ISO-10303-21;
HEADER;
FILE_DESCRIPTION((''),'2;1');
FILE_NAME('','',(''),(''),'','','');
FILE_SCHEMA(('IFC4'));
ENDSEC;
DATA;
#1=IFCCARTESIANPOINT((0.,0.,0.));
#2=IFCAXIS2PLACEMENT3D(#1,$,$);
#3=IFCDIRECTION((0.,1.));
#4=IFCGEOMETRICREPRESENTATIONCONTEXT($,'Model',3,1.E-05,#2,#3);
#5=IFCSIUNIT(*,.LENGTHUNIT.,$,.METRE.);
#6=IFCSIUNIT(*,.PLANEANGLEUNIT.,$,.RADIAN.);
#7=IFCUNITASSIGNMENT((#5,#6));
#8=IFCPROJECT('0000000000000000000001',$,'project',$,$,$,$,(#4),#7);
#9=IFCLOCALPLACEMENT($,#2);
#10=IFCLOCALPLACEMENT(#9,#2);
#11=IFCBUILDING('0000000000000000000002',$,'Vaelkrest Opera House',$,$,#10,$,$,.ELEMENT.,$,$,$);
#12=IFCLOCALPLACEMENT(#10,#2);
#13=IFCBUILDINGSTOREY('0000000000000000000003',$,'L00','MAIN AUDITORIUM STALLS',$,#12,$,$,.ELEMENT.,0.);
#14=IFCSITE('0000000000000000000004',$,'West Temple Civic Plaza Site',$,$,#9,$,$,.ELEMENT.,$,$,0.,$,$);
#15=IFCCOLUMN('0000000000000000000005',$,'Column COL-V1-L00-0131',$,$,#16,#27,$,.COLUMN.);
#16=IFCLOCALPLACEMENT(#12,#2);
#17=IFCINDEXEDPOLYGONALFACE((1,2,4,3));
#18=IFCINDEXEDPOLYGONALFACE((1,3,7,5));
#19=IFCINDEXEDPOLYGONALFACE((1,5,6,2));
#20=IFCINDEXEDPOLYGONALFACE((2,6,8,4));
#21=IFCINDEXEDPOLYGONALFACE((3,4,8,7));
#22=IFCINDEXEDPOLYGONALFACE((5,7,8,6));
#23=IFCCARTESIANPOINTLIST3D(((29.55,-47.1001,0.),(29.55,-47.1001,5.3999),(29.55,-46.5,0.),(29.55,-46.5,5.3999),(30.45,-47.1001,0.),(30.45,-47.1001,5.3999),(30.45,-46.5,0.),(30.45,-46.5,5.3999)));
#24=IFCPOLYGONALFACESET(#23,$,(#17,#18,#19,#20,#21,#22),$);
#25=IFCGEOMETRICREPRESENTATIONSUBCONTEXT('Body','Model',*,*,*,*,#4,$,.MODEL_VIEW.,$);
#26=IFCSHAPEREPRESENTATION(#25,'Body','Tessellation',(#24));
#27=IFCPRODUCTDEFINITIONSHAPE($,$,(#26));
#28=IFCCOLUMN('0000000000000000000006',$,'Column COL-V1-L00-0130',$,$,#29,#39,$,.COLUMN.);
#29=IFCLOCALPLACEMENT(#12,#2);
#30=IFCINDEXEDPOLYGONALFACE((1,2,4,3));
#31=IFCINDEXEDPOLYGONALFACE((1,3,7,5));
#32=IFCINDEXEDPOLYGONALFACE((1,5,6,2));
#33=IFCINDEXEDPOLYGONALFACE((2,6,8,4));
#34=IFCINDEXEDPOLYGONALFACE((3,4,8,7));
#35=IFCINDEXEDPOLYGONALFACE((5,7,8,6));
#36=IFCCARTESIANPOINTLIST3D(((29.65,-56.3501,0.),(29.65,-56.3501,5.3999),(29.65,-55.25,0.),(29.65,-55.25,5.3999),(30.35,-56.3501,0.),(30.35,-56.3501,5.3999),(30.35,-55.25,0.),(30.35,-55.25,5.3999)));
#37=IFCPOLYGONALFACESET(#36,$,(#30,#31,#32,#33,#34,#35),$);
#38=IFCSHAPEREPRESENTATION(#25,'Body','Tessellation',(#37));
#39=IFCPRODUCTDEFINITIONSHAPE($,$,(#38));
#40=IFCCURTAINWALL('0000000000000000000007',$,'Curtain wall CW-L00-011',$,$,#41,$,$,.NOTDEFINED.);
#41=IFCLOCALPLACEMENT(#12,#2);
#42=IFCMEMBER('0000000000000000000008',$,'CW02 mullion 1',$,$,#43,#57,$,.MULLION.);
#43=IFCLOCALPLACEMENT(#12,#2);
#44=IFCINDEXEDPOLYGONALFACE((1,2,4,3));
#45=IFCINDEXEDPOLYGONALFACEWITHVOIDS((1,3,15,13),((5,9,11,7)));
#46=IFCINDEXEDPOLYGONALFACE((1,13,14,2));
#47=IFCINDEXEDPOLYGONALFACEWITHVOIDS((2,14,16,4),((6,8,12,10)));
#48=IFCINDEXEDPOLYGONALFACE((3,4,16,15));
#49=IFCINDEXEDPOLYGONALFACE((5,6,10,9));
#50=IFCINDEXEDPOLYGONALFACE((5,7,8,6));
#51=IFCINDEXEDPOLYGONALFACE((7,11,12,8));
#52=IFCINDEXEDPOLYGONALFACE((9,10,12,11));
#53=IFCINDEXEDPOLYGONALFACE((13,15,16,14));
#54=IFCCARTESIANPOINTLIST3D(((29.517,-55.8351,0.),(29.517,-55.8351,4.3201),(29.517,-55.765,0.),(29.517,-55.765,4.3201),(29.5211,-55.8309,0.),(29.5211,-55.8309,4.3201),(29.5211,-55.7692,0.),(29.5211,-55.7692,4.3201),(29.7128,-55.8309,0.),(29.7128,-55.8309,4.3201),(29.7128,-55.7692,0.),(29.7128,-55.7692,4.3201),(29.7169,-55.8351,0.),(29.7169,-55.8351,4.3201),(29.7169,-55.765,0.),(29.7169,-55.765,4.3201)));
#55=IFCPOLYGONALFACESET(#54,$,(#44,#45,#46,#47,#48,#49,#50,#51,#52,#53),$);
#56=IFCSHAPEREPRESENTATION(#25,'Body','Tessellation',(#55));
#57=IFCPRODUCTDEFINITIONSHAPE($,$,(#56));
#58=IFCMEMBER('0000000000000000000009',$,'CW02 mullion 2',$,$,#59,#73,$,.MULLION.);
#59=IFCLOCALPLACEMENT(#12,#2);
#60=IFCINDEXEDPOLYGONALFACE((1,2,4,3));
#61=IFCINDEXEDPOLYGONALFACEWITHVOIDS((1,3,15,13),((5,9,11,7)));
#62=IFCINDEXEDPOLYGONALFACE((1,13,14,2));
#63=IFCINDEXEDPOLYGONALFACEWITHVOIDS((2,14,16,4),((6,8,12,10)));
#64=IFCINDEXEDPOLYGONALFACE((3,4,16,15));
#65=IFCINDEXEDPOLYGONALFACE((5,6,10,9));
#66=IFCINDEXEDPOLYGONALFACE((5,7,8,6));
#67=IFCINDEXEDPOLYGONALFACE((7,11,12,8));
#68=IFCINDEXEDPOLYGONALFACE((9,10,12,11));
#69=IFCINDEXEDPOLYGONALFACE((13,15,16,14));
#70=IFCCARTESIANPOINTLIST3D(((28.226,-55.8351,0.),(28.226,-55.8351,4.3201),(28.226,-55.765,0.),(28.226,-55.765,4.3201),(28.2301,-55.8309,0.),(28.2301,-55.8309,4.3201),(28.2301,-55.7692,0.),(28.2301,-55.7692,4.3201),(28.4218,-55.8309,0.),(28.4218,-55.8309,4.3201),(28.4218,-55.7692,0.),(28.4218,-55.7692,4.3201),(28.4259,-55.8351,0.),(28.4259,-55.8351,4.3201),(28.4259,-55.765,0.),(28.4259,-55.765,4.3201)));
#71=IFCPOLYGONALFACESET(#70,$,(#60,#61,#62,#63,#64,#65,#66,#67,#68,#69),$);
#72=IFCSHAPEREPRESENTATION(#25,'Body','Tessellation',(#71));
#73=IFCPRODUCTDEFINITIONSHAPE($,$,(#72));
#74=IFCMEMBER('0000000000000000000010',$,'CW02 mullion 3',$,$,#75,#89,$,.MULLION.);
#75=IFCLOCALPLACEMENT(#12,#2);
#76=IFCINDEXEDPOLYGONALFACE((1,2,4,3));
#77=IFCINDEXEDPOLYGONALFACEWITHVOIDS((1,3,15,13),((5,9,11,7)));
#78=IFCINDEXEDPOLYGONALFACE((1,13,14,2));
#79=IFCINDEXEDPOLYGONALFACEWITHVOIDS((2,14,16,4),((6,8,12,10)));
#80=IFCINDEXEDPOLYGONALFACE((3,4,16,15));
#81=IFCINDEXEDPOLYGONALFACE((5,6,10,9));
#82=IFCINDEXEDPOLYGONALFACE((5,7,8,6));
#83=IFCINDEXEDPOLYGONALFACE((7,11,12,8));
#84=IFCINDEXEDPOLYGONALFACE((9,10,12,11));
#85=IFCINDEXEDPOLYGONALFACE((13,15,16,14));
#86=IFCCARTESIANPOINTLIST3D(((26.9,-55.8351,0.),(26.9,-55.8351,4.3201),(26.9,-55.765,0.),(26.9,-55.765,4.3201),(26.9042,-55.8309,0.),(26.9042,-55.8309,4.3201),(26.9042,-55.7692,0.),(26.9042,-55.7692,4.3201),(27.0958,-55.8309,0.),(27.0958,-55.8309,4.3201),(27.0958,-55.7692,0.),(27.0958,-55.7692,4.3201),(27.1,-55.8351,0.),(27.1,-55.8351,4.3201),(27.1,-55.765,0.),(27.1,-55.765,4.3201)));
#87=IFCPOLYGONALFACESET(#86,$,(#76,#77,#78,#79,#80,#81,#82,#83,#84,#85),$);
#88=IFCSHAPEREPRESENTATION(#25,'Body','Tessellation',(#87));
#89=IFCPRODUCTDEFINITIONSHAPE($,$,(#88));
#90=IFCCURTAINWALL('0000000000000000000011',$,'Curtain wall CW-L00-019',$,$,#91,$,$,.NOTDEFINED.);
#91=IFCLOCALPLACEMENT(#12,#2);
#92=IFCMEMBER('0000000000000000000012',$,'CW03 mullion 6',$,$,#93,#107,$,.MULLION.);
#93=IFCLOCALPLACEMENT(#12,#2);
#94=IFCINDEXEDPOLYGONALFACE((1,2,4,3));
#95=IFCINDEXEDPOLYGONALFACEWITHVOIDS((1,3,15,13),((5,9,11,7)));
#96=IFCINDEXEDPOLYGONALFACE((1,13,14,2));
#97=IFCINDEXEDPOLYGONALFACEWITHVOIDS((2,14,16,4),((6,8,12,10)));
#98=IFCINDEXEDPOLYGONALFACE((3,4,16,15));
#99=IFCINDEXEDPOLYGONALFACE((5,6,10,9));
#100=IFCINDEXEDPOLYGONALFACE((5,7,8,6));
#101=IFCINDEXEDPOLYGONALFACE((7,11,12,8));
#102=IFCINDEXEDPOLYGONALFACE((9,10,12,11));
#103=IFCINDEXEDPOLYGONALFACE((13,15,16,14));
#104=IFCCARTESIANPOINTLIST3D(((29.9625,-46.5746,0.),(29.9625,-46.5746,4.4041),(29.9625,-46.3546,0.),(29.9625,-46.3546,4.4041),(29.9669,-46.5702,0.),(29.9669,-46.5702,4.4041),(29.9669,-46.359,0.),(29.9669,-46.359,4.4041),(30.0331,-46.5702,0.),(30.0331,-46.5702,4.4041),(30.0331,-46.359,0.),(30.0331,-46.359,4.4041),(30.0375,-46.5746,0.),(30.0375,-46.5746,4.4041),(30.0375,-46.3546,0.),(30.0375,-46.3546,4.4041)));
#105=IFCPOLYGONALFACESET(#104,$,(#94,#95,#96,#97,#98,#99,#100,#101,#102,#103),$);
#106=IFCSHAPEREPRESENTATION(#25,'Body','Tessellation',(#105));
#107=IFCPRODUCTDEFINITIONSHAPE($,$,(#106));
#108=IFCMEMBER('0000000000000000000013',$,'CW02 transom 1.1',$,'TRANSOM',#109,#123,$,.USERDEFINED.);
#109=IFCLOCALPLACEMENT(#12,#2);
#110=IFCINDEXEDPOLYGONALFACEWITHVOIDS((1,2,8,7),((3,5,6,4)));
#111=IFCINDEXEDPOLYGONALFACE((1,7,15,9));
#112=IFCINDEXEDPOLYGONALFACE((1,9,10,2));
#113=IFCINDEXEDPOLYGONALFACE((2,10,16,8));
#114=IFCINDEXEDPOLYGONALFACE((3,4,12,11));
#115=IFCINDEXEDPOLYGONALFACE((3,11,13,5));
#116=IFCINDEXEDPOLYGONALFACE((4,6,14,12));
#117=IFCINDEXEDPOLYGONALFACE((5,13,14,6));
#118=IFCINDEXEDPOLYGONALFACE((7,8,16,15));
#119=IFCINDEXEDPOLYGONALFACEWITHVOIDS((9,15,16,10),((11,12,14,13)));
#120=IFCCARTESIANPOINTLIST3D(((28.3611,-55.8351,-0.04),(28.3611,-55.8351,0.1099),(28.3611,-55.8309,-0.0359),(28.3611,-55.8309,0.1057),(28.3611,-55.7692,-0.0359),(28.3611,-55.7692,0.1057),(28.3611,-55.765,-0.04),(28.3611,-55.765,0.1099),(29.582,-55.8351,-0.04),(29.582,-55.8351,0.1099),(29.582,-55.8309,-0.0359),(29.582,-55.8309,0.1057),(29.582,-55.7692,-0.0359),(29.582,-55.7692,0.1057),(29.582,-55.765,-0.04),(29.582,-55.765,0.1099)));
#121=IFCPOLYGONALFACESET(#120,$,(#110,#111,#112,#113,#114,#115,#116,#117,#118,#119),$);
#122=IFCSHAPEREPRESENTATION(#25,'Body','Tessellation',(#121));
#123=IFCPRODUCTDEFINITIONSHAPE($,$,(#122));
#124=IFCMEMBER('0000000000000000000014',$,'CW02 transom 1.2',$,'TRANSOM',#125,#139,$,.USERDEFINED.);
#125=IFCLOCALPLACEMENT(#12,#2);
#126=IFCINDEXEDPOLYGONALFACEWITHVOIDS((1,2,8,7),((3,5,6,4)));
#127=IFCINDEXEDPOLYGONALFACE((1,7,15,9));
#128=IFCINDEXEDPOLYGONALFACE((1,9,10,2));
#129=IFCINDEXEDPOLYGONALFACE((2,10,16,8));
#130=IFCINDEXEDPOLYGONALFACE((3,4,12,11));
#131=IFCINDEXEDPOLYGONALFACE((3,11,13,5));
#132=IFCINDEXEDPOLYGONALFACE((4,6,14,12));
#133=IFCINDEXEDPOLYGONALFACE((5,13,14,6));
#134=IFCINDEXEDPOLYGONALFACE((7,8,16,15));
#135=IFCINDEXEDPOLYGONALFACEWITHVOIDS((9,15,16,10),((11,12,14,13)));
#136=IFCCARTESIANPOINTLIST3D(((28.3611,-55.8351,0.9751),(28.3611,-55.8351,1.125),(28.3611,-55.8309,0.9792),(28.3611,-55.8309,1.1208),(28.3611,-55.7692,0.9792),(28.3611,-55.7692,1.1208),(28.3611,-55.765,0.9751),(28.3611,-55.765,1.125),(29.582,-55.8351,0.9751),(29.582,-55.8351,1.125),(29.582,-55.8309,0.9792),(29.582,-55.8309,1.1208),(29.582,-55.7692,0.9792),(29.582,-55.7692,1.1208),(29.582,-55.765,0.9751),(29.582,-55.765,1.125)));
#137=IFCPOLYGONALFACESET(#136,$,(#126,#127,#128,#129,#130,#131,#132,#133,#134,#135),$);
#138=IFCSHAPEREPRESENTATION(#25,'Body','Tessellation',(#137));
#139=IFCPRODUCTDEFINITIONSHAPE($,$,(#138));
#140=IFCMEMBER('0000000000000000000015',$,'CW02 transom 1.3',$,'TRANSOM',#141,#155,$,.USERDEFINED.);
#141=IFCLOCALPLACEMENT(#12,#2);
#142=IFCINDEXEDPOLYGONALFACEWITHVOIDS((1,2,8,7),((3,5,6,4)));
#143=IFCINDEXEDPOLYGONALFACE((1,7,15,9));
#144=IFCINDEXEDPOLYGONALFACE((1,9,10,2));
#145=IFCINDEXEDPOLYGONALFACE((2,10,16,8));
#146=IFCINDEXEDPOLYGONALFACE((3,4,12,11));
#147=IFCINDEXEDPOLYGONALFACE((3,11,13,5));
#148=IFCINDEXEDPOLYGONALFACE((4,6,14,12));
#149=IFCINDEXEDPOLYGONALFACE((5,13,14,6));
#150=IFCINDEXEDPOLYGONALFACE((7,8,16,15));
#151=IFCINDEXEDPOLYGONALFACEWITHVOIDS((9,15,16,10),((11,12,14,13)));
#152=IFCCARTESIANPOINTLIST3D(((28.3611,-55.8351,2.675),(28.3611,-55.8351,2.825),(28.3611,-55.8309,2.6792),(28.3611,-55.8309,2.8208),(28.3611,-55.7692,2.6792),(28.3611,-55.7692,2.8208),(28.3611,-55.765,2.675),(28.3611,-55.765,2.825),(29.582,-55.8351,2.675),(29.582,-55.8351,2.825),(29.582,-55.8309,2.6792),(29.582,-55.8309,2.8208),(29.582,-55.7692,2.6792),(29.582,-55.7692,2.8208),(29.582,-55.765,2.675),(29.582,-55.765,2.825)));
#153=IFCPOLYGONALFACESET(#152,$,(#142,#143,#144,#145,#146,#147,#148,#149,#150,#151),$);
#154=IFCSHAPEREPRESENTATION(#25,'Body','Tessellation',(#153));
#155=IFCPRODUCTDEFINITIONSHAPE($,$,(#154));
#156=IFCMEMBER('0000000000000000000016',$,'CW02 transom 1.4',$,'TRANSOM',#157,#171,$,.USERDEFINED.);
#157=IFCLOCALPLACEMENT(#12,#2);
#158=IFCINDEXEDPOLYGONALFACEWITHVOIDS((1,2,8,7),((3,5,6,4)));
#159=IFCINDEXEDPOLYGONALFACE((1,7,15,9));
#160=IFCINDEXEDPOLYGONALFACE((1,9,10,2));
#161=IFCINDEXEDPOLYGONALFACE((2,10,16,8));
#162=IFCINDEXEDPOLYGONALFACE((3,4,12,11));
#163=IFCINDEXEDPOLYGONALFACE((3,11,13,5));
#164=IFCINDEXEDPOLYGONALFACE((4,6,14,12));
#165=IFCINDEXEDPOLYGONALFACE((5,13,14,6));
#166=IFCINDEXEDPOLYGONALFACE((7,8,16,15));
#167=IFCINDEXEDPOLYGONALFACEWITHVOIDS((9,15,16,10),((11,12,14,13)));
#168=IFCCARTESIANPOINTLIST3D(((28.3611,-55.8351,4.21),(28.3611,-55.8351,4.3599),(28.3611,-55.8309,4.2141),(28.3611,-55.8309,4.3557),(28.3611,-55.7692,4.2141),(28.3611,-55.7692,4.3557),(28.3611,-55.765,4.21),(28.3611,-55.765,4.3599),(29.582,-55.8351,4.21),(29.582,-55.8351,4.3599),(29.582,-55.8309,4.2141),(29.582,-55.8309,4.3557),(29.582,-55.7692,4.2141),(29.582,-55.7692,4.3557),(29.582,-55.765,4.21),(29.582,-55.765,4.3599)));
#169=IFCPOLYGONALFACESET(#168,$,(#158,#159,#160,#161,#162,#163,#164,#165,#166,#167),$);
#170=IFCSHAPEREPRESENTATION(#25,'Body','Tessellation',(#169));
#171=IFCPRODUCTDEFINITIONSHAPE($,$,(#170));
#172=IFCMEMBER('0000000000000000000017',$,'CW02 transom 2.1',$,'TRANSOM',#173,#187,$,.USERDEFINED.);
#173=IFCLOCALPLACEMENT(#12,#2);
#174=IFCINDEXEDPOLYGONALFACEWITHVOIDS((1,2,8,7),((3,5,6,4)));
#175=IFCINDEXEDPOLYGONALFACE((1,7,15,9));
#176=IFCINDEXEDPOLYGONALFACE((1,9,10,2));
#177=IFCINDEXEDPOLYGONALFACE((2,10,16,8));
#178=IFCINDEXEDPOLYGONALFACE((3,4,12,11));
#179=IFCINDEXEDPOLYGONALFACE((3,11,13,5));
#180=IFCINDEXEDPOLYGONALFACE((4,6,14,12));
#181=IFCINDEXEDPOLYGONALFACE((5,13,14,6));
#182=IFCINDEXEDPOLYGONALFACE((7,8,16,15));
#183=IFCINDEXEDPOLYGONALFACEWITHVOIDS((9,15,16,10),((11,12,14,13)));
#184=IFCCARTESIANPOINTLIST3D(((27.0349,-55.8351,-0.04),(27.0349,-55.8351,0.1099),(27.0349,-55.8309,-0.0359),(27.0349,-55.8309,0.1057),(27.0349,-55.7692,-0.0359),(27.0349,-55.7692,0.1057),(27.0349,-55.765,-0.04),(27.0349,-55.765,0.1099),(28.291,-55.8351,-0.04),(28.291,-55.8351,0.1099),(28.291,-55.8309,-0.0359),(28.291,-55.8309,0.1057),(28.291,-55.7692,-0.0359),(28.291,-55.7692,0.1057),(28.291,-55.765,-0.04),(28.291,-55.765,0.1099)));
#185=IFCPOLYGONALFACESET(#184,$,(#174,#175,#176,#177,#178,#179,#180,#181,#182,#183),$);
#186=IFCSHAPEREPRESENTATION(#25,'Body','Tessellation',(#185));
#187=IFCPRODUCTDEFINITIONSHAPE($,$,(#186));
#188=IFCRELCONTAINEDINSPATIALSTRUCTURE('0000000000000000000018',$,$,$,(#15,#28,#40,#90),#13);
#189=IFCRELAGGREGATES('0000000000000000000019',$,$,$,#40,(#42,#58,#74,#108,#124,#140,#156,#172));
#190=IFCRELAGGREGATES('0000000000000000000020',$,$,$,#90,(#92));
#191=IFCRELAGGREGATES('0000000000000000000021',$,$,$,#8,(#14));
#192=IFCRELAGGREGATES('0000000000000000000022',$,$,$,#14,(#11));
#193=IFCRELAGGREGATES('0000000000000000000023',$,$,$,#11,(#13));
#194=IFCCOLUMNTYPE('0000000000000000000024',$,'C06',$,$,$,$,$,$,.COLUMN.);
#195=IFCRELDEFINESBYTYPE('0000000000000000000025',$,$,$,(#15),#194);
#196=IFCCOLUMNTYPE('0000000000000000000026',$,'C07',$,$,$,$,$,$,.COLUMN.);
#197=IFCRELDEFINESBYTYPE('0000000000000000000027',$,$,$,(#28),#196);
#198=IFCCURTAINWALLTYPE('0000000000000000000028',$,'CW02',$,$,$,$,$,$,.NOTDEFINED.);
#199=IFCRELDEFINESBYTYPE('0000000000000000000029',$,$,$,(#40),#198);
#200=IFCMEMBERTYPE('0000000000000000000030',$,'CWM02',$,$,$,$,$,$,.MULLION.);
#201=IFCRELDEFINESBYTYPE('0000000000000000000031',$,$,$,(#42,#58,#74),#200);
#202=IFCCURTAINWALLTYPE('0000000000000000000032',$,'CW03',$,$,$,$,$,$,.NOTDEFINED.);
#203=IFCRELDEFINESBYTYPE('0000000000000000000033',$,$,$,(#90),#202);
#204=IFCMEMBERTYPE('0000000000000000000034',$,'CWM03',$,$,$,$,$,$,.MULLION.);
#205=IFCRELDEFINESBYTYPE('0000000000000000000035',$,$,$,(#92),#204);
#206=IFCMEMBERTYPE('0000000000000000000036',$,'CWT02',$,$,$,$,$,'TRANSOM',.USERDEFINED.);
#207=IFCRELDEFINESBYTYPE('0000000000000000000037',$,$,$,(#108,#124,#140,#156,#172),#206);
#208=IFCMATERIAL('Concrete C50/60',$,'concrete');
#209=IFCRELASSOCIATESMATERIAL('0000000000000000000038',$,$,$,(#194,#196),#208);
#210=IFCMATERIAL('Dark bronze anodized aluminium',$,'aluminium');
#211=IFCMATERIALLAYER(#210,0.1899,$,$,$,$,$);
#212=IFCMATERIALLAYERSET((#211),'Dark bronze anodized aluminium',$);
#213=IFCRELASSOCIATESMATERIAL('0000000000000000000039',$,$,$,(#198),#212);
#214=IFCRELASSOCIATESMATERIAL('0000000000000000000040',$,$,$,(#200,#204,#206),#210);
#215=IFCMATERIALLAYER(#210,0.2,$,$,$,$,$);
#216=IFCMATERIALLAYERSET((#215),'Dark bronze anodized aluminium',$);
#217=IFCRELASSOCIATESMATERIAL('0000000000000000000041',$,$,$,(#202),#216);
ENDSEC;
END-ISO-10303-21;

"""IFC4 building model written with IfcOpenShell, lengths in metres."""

from ifc_helpers import new_model, si_unit, direction, frame, origin, origin_2d, place, context, subcontext, project, spatial, rectangle, hollow_rectangle, extrude, material, layer, layer_set, material_profile, profile_set, type_object, element, aggregate, save


model = new_model("IFC4")

# Units and contexts
model_context = context("Model", 3, precision=1e-05, world=origin(), true_north=direction((0.0, 1.0)))
body_context = subcontext(model_context, "Body", "Model", "MODEL_VIEW")
ifc_project = project(units=[si_unit("LENGTHUNIT", "METRE"), si_unit("PLANEANGLEUNIT", "RADIAN")], contexts=[model_context])

# Site, building, storey
site_placement = place(None, origin())
site = spatial("IfcSite", under=ifc_project, at=site_placement, Name="West Temple Civic Plaza Site", CompositionType="ELEMENT", RefElevation=0.0)
building_placement = place(site_placement, origin())
building = spatial("IfcBuilding", under=site, at=building_placement, Name="Vaelkrest Opera House", CompositionType="ELEMENT")
storey_placement = place(building_placement, origin())
storey = spatial("IfcBuildingStorey", under=building, at=storey_placement, Name="L00", Description="MAIN AUDITORIUM STALLS", CompositionType="ELEMENT", Elevation=0.0)

# Columns
ifc_material_1 = material(Name="Concrete C50/60", Category="concrete")
ifc_material_profile_1 = material_profile(ifc_material_1, rectangle(XDim=0.6001, YDim=0.8999, at=origin_2d()), Name="RC600X900")
ifc_profile_set_1 = profile_set([ifc_material_profile_1], Name="Concrete C50/60")
column_type_1 = type_object("IfcColumnType", Name="C06", PredefinedType="COLUMN", material=ifc_profile_set_1)
column_1_placement = place(storey_placement, frame((30.0, -46.8, 0.0), z_axis=(0.0, 0.0, 1.0), x_axis=(0.0, 1.0, 0.0)))
element("IfcColumn", 1, at=column_1_placement, inside=storey, type_object=column_type_1, Name="Column COL-V1-L00-0131", PredefinedType="COLUMN", context=body_context, shape_type="SweptSolid", body=[
    extrude(rectangle(XDim=0.6001, YDim=0.8999, at=origin_2d()), origin(), (0.0, 0.0, 1.0), 5.3999),
])
ifc_material_profile_2 = material_profile(ifc_material_1, rectangle(XDim=0.7, YDim=1.1001, at=origin_2d()), Name="RC700X1100")
ifc_profile_set_2 = profile_set([ifc_material_profile_2], Name="Concrete C50/60")
column_type_2 = type_object("IfcColumnType", Name="C07", PredefinedType="COLUMN", material=ifc_profile_set_2)
column_2_placement = place(storey_placement, frame((30.0, -55.8, 0.0), z_axis=(0.0, 0.0, 1.0), x_axis=(1.0, 0.0, 0.0)))
element("IfcColumn", 2, at=column_2_placement, inside=storey, type_object=column_type_2, Name="Column COL-V1-L00-0130", PredefinedType="COLUMN", context=body_context, shape_type="SweptSolid", body=[
    extrude(rectangle(XDim=0.7, YDim=1.1001, at=origin_2d()), origin(), (0.0, 0.0, 1.0), 5.3999),
])

# Curtain wall, members
ifc_material_2 = material(Name="Dark bronze anodized aluminium", Category="aluminium")
ifc_layer_1 = layer(ifc_material_2, 0.1899)
ifc_layer_set_1 = layer_set([ifc_layer_1], Name="Dark bronze anodized aluminium")
curtain_wall_type_1 = type_object("IfcCurtainWallType", Name="CW02", PredefinedType="NOTDEFINED", material=ifc_layer_set_1)
curtain_wall_1_placement = place(storey_placement, origin())
curtain_wall_1 = element("IfcCurtainWall", 3, at=curtain_wall_1_placement, inside=storey, type_object=curtain_wall_type_1, Name="Curtain wall CW-L00-011", PredefinedType="NOTDEFINED")
ifc_material_profile_3 = material_profile(ifc_material_2, hollow_rectangle(XDim=0.0701, YDim=0.2, WallThickness=0.0042, at=origin_2d()), Name="CWM70X200")
ifc_profile_set_3 = profile_set([ifc_material_profile_3], Name="Dark bronze anodized aluminium")
member_type_1 = type_object("IfcMemberType", Name="CWM02", PredefinedType="MULLION", material=ifc_profile_set_3)
member_1_placement = place(storey_placement, frame((29.6169, -55.8, 0.0), z_axis=(0.0, 0.0, 1.0), x_axis=(0.0, -1.0, 0.0)))
member_1 = element("IfcMember", 4, at=member_1_placement, type_object=member_type_1, Name="CW02 mullion 1", PredefinedType="MULLION", context=body_context, shape_type="SweptSolid", body=[
    extrude(hollow_rectangle(XDim=0.0701, YDim=0.2, WallThickness=0.0042, at=origin_2d()), origin(), (0.0, 0.0, 1.0), 4.3201),
])
member_2_placement = place(storey_placement, frame((28.3259, -55.8, 0.0), z_axis=(0.0, 0.0, 1.0), x_axis=(0.0, -1.0, 0.0)))
member_2 = element("IfcMember", 5, at=member_2_placement, type_object=member_type_1, Name="CW02 mullion 2", PredefinedType="MULLION", context=body_context, shape_type="SweptSolid", body=[
    extrude(hollow_rectangle(XDim=0.0701, YDim=0.2, WallThickness=0.0042, at=origin_2d()), origin(), (0.0, 0.0, 1.0), 4.3201),
])
member_3_placement = place(storey_placement, frame((27.0, -55.8, 0.0), z_axis=(0.0, 0.0, 1.0), x_axis=(0.0, -1.0, 0.0)))
member_3 = element("IfcMember", 6, at=member_3_placement, type_object=member_type_1, Name="CW02 mullion 3", PredefinedType="MULLION", context=body_context, shape_type="SweptSolid", body=[
    extrude(hollow_rectangle(XDim=0.0701, YDim=0.2, WallThickness=0.0042, at=origin_2d()), origin(), (0.0, 0.0, 1.0), 4.3201),
])

# Curtain wall, member
ifc_layer_2 = layer(ifc_material_2, 0.2)
ifc_layer_set_2 = layer_set([ifc_layer_2], Name="Dark bronze anodized aluminium")
curtain_wall_type_2 = type_object("IfcCurtainWallType", Name="CW03", PredefinedType="NOTDEFINED", material=ifc_layer_set_2)
curtain_wall_2_placement = place(storey_placement, origin())
curtain_wall_2 = element("IfcCurtainWall", 7, at=curtain_wall_2_placement, inside=storey, type_object=curtain_wall_type_2, Name="Curtain wall CW-L00-019", PredefinedType="NOTDEFINED")
ifc_material_profile_4 = material_profile(ifc_material_2, hollow_rectangle(XDim=0.075, YDim=0.22, WallThickness=0.0044, at=origin_2d()), Name="CWM75X220")
ifc_profile_set_4 = profile_set([ifc_material_profile_4], Name="Dark bronze anodized aluminium")
member_type_2 = type_object("IfcMemberType", Name="CWM03", PredefinedType="MULLION", material=ifc_profile_set_4)
member_4_placement = place(storey_placement, frame((30.0, -46.4646, 0.0), z_axis=(0.0, 0.0, 1.0), x_axis=(1.0, 0.0, 0.0)))
member_4 = element("IfcMember", 8, at=member_4_placement, type_object=member_type_2, Name="CW03 mullion 6", PredefinedType="MULLION", context=body_context, shape_type="SweptSolid", body=[
    extrude(hollow_rectangle(XDim=0.075, YDim=0.22, WallThickness=0.0044, at=origin_2d()), origin(), (0.0, 0.0, 1.0), 4.4041),
])

# Members
ifc_material_profile_5 = material_profile(ifc_material_2, hollow_rectangle(XDim=0.0701, YDim=0.1499, WallThickness=0.0042, at=origin_2d()), Name="CWT70X150")
ifc_profile_set_5 = profile_set([ifc_material_profile_5], Name="Dark bronze anodized aluminium")
member_type_3 = type_object("IfcMemberType", Name="CWT02", ElementType="TRANSOM", PredefinedType="USERDEFINED", material=ifc_profile_set_5)
member_5_placement = place(storey_placement, frame((29.582, -55.8, 0.0349), z_axis=(-1.0, 0.0, 0.0), x_axis=(0.0, -1.0, 0.0)))
member_5 = element("IfcMember", 9, at=member_5_placement, type_object=member_type_3, Name="CW02 transom 1.1", ObjectType="TRANSOM", PredefinedType="USERDEFINED", context=body_context, shape_type="SweptSolid", body=[
    extrude(hollow_rectangle(XDim=0.0701, YDim=0.1499, WallThickness=0.0042, at=origin_2d()), origin(), (0.0, 0.0, 1.0), 1.2209),
])
member_6_placement = place(storey_placement, frame((29.582, -55.8, 1.05), z_axis=(-1.0, 0.0, 0.0), x_axis=(0.0, -1.0, 0.0)))
member_6 = element("IfcMember", 10, at=member_6_placement, type_object=member_type_3, Name="CW02 transom 1.2", ObjectType="TRANSOM", PredefinedType="USERDEFINED", context=body_context, shape_type="SweptSolid", body=[
    extrude(hollow_rectangle(XDim=0.0701, YDim=0.1499, WallThickness=0.0042, at=origin_2d()), origin(), (0.0, 0.0, 1.0), 1.2209),
])
member_7_placement = place(storey_placement, frame((29.582, -55.8, 2.75), z_axis=(-1.0, 0.0, 0.0), x_axis=(0.0, -1.0, 0.0)))
member_7 = element("IfcMember", 11, at=member_7_placement, type_object=member_type_3, Name="CW02 transom 1.3", ObjectType="TRANSOM", PredefinedType="USERDEFINED", context=body_context, shape_type="SweptSolid", body=[
    extrude(hollow_rectangle(XDim=0.0701, YDim=0.1499, WallThickness=0.0042, at=origin_2d()), origin(), (0.0, 0.0, 1.0), 1.2209),
])
member_8_placement = place(storey_placement, frame((29.582, -55.8, 4.2849), z_axis=(-1.0, 0.0, 0.0), x_axis=(0.0, -1.0, 0.0)))
member_8 = element("IfcMember", 12, at=member_8_placement, type_object=member_type_3, Name="CW02 transom 1.4", ObjectType="TRANSOM", PredefinedType="USERDEFINED", context=body_context, shape_type="SweptSolid", body=[
    extrude(hollow_rectangle(XDim=0.0701, YDim=0.1499, WallThickness=0.0042, at=origin_2d()), origin(), (0.0, 0.0, 1.0), 1.2209),
])
member_9_placement = place(storey_placement, frame((28.291, -55.8, 0.0349), z_axis=(-1.0, 0.0, 0.0), x_axis=(0.0, -1.0, 0.0)))
member_9 = element("IfcMember", 13, at=member_9_placement, type_object=member_type_3, Name="CW02 transom 2.1", ObjectType="TRANSOM", PredefinedType="USERDEFINED", context=body_context, shape_type="SweptSolid", body=[
    extrude(hollow_rectangle(XDim=0.0701, YDim=0.1499, WallThickness=0.0042, at=origin_2d()), origin(), (0.0, 0.0, 1.0), 1.2561),
])

aggregate(curtain_wall_1, [member_1, member_2, member_3, member_5, member_6, member_7, member_8, member_9])
aggregate(curtain_wall_2, [member_4])

save(model, "model.ifc")
